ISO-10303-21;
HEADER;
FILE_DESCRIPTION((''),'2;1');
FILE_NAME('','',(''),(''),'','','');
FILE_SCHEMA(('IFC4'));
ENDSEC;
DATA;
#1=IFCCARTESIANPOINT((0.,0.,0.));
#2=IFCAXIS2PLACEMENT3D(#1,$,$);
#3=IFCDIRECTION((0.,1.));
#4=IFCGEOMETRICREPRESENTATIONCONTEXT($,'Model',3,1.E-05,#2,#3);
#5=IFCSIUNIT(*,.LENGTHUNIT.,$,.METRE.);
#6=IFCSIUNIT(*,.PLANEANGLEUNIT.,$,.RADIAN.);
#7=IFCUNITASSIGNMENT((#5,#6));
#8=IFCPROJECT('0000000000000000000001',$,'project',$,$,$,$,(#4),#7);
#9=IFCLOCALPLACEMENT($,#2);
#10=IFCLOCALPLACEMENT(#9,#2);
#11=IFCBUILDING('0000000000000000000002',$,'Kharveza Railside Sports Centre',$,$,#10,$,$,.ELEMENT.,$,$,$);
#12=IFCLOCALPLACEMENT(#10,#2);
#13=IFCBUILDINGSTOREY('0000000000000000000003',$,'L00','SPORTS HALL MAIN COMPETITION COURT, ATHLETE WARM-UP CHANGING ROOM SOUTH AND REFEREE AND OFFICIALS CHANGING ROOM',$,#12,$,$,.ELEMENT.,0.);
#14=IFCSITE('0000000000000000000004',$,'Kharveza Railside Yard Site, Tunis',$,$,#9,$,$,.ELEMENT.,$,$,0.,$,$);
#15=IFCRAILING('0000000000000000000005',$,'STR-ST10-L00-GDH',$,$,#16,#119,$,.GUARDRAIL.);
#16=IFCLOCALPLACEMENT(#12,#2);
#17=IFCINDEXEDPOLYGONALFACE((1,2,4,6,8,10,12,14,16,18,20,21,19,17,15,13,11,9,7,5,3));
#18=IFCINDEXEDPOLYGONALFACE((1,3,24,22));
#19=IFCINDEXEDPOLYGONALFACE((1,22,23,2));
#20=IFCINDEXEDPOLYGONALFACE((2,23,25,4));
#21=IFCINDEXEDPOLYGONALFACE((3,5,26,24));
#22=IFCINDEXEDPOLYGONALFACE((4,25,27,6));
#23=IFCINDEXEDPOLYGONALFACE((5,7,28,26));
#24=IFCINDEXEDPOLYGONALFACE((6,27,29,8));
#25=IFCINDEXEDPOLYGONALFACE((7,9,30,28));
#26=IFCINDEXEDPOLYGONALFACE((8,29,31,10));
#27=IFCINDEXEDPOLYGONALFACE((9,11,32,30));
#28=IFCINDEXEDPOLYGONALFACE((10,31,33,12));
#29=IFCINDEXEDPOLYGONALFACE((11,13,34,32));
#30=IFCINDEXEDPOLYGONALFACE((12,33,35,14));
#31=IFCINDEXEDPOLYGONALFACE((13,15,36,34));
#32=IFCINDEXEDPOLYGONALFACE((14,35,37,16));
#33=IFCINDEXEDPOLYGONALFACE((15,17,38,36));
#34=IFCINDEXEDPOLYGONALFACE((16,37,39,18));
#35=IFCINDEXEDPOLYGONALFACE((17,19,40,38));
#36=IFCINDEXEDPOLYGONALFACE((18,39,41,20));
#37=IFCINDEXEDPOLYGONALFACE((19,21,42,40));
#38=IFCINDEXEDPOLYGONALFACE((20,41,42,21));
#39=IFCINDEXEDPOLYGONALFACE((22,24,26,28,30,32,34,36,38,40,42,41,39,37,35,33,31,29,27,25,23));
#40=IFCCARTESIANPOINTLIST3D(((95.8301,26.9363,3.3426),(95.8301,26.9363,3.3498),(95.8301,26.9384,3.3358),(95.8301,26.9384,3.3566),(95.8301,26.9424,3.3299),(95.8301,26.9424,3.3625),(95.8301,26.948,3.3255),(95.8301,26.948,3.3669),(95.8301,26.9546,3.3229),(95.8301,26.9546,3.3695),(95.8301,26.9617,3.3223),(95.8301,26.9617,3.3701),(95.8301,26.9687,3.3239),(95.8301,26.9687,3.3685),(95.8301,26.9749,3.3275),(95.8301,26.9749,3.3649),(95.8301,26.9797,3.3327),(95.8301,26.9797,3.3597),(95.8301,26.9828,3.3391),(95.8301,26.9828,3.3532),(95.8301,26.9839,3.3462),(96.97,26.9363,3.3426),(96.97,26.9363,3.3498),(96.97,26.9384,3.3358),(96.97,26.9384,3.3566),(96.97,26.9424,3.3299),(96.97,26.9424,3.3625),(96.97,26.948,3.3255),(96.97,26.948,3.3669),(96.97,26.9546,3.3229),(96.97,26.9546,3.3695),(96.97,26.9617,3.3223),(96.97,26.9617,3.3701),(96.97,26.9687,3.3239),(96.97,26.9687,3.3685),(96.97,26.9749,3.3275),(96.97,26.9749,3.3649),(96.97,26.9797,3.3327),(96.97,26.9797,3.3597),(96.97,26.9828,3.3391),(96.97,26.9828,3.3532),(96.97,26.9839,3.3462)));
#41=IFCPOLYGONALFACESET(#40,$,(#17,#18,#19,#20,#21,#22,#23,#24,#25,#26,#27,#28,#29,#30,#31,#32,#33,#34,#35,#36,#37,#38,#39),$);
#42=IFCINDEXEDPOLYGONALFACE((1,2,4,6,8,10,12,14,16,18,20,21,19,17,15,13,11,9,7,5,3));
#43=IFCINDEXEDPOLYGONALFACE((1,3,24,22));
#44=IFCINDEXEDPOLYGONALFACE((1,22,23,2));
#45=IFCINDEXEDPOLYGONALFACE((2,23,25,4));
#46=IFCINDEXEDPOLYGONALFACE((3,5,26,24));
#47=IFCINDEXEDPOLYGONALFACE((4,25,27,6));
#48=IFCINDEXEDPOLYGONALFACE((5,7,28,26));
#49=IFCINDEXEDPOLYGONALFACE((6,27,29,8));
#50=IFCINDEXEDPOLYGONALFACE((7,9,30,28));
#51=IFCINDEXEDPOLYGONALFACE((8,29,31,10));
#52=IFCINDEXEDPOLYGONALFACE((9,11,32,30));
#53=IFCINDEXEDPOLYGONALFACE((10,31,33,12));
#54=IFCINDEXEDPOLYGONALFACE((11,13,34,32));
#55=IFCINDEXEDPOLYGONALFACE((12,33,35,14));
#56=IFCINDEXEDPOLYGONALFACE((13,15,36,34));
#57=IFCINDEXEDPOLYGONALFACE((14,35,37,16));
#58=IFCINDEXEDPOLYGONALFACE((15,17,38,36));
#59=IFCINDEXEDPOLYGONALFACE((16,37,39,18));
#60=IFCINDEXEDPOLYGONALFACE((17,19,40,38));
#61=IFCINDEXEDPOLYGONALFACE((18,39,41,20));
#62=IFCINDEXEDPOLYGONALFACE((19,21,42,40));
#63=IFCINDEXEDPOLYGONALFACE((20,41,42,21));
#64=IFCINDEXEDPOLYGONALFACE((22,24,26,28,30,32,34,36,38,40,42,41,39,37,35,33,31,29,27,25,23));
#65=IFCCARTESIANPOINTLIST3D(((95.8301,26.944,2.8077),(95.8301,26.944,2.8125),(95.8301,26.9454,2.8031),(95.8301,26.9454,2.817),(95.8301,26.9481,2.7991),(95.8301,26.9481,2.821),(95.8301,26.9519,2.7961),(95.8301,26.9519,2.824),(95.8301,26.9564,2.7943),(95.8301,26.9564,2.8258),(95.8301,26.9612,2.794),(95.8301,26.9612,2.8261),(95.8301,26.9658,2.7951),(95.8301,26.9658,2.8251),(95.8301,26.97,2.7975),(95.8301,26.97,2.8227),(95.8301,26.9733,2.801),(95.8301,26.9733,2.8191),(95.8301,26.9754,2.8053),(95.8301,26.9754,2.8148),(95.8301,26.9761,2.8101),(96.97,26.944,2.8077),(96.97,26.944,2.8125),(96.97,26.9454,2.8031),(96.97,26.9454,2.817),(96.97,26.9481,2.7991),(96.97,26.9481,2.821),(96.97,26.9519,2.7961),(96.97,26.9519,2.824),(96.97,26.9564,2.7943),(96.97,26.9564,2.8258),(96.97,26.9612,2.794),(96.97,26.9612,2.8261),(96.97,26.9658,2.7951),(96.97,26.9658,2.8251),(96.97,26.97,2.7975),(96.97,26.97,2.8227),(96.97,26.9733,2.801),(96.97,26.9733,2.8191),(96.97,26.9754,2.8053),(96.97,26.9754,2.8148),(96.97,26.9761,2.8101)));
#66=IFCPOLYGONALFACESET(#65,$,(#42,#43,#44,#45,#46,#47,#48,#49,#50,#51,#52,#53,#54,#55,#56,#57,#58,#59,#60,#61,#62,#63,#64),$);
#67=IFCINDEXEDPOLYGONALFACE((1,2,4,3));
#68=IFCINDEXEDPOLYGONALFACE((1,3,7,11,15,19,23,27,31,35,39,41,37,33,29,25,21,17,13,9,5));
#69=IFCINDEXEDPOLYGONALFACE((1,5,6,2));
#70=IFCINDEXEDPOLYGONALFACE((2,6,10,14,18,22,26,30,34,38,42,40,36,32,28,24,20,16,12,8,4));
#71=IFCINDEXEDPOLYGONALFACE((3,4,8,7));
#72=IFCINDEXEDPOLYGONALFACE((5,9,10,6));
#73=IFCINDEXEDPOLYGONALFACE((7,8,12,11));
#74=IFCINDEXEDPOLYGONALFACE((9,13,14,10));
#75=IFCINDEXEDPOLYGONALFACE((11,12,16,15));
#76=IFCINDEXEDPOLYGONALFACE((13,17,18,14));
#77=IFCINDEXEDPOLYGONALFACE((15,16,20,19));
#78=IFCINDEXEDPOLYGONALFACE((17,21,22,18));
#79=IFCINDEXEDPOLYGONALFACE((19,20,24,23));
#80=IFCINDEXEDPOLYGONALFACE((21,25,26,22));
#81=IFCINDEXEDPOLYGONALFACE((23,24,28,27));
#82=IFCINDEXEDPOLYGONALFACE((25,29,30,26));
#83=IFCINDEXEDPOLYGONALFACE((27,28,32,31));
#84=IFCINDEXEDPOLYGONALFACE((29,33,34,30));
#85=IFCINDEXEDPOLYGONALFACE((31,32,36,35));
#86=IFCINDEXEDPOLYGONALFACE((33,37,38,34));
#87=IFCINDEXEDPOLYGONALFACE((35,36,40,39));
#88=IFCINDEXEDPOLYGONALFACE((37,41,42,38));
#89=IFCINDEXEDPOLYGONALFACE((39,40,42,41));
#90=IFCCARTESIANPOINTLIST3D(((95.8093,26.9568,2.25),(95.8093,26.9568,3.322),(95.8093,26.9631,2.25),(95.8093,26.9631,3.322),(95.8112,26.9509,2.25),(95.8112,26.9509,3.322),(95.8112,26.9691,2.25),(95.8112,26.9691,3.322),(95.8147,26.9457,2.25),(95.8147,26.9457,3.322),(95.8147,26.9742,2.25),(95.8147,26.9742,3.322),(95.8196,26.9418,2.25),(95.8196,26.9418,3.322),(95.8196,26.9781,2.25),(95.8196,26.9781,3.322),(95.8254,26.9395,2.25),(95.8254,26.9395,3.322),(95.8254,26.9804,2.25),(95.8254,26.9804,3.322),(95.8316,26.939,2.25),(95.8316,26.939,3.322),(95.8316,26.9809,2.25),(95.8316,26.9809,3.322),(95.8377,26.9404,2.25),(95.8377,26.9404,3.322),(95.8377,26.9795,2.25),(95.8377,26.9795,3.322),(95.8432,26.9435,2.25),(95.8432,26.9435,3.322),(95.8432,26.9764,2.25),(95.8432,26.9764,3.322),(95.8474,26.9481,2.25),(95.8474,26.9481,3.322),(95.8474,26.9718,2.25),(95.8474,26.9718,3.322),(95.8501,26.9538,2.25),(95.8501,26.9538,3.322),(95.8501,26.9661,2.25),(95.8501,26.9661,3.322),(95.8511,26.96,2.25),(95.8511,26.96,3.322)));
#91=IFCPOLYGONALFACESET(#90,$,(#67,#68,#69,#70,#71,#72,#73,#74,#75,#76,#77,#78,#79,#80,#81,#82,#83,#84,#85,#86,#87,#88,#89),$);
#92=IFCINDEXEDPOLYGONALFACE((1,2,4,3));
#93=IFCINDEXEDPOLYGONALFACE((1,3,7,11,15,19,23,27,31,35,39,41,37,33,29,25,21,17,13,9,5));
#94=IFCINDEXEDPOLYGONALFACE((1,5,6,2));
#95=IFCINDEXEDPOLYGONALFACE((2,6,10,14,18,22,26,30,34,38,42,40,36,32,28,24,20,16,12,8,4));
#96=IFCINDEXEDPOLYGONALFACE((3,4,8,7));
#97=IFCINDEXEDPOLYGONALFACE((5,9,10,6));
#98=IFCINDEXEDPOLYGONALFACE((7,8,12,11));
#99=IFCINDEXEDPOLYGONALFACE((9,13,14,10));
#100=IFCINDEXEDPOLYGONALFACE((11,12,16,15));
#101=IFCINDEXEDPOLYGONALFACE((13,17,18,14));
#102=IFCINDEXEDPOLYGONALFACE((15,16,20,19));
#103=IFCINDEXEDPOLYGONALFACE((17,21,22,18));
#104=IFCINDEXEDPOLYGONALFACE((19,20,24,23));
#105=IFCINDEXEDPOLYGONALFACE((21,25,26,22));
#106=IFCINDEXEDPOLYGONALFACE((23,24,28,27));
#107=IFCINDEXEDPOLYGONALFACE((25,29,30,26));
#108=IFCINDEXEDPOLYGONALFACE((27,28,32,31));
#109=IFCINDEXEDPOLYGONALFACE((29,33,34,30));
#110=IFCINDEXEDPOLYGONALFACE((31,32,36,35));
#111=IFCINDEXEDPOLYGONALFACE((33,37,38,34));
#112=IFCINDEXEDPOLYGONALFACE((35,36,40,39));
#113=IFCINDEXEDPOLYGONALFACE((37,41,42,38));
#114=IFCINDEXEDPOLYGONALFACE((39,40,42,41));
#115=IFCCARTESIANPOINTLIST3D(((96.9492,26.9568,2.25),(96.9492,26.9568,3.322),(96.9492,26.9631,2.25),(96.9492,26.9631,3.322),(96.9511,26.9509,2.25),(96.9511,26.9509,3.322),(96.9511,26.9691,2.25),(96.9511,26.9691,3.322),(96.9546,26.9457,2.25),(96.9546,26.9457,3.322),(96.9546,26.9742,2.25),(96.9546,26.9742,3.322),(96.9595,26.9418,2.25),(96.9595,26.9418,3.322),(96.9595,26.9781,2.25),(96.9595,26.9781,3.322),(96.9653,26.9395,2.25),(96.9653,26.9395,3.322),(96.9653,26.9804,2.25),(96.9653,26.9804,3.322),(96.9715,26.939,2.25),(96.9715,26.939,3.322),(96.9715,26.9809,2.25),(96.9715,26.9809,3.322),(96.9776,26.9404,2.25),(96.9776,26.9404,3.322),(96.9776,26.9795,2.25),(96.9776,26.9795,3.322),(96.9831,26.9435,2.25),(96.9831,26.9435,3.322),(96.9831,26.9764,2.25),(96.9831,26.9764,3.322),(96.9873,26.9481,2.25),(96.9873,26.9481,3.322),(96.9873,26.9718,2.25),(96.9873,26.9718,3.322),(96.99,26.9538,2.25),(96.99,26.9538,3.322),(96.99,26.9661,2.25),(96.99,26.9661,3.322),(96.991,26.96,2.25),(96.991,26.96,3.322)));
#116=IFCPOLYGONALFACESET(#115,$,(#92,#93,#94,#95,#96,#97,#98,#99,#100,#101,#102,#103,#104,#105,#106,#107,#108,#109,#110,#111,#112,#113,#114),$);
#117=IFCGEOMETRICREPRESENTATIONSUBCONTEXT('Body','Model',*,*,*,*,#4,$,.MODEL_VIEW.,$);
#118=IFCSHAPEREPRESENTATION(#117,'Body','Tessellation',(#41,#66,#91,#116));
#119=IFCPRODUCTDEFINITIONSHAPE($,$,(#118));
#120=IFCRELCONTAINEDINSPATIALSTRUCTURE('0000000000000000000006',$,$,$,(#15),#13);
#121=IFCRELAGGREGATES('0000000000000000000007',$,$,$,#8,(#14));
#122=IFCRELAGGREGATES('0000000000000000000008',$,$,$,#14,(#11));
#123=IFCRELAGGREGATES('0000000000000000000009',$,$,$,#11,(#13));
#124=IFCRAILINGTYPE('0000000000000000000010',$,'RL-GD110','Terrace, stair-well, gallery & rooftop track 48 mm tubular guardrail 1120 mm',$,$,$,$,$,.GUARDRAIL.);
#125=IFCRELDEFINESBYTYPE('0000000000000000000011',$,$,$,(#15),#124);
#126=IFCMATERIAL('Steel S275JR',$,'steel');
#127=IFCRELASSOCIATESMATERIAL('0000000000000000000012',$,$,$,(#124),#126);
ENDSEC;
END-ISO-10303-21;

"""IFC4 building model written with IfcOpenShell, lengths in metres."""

from ifc_helpers import new_model, si_unit, direction, frame, origin, origin_2d, place, context, subcontext, project, spatial, circle, extrude, material, type_object, element, save


model = new_model("IFC4")

# Units and contexts
model_context = context("Model", 3, precision=1e-05, world=origin(), true_north=direction((0.0, 1.0)))
body_context = subcontext(model_context, "Body", "Model", "MODEL_VIEW")
ifc_project = project(units=[si_unit("LENGTHUNIT", "METRE"), si_unit("PLANEANGLEUNIT", "RADIAN")], contexts=[model_context])

# Site, building, storey
site_placement = place(None, origin())
site = spatial("IfcSite", under=ifc_project, at=site_placement, Name="Kharveza Railside Yard Site, Tunis", CompositionType="ELEMENT", RefElevation=0.0)
building_placement = place(site_placement, origin())
building = spatial("IfcBuilding", under=site, at=building_placement, Name="Kharveza Railside Sports Centre", CompositionType="ELEMENT")
storey_placement = place(building_placement, origin())
storey = spatial("IfcBuildingStorey", under=building, at=storey_placement, Name="L00", Description="SPORTS HALL MAIN COMPETITION COURT, ATHLETE WARM-UP CHANGING ROOM SOUTH AND REFEREE AND OFFICIALS CHANGING ROOM", CompositionType="ELEMENT", Elevation=0.0)

# Railing
ifc_material_1 = material(Name="Steel S275JR", Category="steel")
railing_type_1 = type_object("IfcRailingType", Name="RL-GD110", Description="Terrace, stair-well, gallery & rooftop track 48 mm tubular guardrail 1120 mm", PredefinedType="GUARDRAIL", material=ifc_material_1)
railing_1_placement = place(storey_placement, frame((95.8301, 26.96, 2.25)))
element("IfcRailing", 1, at=railing_1_placement, inside=storey, type_object=railing_type_1, Name="STR-ST10-L00-GDH", PredefinedType="GUARDRAIL", context=body_context, shape_type="SweptSolid", body=[
    extrude(circle(Radius=0.0239, at=origin_2d()), frame((0.0, 0.0, 1.0962), z_axis=(1.0, 0.0, 0.0), x_axis=(0.0, 1.0, 0.0)), (0.0, 0.0, 1.0), 1.1399),
    extrude(circle(Radius=0.0161, at=origin_2d()), frame((0.0, 0.0, 0.5601), z_axis=(1.0, 0.0, 0.0), x_axis=(0.0, 1.0, 0.0)), (0.0, 0.0, 1.0), 1.1399),
    extrude(circle(Radius=0.021, at=origin_2d()), origin(), (0.0, 0.0, 1.0), 1.072),
    extrude(circle(Radius=0.021, at=origin_2d()), frame((1.1399, 0.0, 0.0)), (0.0, 0.0, 1.0), 1.072),
])

save(model, "model.ifc")
